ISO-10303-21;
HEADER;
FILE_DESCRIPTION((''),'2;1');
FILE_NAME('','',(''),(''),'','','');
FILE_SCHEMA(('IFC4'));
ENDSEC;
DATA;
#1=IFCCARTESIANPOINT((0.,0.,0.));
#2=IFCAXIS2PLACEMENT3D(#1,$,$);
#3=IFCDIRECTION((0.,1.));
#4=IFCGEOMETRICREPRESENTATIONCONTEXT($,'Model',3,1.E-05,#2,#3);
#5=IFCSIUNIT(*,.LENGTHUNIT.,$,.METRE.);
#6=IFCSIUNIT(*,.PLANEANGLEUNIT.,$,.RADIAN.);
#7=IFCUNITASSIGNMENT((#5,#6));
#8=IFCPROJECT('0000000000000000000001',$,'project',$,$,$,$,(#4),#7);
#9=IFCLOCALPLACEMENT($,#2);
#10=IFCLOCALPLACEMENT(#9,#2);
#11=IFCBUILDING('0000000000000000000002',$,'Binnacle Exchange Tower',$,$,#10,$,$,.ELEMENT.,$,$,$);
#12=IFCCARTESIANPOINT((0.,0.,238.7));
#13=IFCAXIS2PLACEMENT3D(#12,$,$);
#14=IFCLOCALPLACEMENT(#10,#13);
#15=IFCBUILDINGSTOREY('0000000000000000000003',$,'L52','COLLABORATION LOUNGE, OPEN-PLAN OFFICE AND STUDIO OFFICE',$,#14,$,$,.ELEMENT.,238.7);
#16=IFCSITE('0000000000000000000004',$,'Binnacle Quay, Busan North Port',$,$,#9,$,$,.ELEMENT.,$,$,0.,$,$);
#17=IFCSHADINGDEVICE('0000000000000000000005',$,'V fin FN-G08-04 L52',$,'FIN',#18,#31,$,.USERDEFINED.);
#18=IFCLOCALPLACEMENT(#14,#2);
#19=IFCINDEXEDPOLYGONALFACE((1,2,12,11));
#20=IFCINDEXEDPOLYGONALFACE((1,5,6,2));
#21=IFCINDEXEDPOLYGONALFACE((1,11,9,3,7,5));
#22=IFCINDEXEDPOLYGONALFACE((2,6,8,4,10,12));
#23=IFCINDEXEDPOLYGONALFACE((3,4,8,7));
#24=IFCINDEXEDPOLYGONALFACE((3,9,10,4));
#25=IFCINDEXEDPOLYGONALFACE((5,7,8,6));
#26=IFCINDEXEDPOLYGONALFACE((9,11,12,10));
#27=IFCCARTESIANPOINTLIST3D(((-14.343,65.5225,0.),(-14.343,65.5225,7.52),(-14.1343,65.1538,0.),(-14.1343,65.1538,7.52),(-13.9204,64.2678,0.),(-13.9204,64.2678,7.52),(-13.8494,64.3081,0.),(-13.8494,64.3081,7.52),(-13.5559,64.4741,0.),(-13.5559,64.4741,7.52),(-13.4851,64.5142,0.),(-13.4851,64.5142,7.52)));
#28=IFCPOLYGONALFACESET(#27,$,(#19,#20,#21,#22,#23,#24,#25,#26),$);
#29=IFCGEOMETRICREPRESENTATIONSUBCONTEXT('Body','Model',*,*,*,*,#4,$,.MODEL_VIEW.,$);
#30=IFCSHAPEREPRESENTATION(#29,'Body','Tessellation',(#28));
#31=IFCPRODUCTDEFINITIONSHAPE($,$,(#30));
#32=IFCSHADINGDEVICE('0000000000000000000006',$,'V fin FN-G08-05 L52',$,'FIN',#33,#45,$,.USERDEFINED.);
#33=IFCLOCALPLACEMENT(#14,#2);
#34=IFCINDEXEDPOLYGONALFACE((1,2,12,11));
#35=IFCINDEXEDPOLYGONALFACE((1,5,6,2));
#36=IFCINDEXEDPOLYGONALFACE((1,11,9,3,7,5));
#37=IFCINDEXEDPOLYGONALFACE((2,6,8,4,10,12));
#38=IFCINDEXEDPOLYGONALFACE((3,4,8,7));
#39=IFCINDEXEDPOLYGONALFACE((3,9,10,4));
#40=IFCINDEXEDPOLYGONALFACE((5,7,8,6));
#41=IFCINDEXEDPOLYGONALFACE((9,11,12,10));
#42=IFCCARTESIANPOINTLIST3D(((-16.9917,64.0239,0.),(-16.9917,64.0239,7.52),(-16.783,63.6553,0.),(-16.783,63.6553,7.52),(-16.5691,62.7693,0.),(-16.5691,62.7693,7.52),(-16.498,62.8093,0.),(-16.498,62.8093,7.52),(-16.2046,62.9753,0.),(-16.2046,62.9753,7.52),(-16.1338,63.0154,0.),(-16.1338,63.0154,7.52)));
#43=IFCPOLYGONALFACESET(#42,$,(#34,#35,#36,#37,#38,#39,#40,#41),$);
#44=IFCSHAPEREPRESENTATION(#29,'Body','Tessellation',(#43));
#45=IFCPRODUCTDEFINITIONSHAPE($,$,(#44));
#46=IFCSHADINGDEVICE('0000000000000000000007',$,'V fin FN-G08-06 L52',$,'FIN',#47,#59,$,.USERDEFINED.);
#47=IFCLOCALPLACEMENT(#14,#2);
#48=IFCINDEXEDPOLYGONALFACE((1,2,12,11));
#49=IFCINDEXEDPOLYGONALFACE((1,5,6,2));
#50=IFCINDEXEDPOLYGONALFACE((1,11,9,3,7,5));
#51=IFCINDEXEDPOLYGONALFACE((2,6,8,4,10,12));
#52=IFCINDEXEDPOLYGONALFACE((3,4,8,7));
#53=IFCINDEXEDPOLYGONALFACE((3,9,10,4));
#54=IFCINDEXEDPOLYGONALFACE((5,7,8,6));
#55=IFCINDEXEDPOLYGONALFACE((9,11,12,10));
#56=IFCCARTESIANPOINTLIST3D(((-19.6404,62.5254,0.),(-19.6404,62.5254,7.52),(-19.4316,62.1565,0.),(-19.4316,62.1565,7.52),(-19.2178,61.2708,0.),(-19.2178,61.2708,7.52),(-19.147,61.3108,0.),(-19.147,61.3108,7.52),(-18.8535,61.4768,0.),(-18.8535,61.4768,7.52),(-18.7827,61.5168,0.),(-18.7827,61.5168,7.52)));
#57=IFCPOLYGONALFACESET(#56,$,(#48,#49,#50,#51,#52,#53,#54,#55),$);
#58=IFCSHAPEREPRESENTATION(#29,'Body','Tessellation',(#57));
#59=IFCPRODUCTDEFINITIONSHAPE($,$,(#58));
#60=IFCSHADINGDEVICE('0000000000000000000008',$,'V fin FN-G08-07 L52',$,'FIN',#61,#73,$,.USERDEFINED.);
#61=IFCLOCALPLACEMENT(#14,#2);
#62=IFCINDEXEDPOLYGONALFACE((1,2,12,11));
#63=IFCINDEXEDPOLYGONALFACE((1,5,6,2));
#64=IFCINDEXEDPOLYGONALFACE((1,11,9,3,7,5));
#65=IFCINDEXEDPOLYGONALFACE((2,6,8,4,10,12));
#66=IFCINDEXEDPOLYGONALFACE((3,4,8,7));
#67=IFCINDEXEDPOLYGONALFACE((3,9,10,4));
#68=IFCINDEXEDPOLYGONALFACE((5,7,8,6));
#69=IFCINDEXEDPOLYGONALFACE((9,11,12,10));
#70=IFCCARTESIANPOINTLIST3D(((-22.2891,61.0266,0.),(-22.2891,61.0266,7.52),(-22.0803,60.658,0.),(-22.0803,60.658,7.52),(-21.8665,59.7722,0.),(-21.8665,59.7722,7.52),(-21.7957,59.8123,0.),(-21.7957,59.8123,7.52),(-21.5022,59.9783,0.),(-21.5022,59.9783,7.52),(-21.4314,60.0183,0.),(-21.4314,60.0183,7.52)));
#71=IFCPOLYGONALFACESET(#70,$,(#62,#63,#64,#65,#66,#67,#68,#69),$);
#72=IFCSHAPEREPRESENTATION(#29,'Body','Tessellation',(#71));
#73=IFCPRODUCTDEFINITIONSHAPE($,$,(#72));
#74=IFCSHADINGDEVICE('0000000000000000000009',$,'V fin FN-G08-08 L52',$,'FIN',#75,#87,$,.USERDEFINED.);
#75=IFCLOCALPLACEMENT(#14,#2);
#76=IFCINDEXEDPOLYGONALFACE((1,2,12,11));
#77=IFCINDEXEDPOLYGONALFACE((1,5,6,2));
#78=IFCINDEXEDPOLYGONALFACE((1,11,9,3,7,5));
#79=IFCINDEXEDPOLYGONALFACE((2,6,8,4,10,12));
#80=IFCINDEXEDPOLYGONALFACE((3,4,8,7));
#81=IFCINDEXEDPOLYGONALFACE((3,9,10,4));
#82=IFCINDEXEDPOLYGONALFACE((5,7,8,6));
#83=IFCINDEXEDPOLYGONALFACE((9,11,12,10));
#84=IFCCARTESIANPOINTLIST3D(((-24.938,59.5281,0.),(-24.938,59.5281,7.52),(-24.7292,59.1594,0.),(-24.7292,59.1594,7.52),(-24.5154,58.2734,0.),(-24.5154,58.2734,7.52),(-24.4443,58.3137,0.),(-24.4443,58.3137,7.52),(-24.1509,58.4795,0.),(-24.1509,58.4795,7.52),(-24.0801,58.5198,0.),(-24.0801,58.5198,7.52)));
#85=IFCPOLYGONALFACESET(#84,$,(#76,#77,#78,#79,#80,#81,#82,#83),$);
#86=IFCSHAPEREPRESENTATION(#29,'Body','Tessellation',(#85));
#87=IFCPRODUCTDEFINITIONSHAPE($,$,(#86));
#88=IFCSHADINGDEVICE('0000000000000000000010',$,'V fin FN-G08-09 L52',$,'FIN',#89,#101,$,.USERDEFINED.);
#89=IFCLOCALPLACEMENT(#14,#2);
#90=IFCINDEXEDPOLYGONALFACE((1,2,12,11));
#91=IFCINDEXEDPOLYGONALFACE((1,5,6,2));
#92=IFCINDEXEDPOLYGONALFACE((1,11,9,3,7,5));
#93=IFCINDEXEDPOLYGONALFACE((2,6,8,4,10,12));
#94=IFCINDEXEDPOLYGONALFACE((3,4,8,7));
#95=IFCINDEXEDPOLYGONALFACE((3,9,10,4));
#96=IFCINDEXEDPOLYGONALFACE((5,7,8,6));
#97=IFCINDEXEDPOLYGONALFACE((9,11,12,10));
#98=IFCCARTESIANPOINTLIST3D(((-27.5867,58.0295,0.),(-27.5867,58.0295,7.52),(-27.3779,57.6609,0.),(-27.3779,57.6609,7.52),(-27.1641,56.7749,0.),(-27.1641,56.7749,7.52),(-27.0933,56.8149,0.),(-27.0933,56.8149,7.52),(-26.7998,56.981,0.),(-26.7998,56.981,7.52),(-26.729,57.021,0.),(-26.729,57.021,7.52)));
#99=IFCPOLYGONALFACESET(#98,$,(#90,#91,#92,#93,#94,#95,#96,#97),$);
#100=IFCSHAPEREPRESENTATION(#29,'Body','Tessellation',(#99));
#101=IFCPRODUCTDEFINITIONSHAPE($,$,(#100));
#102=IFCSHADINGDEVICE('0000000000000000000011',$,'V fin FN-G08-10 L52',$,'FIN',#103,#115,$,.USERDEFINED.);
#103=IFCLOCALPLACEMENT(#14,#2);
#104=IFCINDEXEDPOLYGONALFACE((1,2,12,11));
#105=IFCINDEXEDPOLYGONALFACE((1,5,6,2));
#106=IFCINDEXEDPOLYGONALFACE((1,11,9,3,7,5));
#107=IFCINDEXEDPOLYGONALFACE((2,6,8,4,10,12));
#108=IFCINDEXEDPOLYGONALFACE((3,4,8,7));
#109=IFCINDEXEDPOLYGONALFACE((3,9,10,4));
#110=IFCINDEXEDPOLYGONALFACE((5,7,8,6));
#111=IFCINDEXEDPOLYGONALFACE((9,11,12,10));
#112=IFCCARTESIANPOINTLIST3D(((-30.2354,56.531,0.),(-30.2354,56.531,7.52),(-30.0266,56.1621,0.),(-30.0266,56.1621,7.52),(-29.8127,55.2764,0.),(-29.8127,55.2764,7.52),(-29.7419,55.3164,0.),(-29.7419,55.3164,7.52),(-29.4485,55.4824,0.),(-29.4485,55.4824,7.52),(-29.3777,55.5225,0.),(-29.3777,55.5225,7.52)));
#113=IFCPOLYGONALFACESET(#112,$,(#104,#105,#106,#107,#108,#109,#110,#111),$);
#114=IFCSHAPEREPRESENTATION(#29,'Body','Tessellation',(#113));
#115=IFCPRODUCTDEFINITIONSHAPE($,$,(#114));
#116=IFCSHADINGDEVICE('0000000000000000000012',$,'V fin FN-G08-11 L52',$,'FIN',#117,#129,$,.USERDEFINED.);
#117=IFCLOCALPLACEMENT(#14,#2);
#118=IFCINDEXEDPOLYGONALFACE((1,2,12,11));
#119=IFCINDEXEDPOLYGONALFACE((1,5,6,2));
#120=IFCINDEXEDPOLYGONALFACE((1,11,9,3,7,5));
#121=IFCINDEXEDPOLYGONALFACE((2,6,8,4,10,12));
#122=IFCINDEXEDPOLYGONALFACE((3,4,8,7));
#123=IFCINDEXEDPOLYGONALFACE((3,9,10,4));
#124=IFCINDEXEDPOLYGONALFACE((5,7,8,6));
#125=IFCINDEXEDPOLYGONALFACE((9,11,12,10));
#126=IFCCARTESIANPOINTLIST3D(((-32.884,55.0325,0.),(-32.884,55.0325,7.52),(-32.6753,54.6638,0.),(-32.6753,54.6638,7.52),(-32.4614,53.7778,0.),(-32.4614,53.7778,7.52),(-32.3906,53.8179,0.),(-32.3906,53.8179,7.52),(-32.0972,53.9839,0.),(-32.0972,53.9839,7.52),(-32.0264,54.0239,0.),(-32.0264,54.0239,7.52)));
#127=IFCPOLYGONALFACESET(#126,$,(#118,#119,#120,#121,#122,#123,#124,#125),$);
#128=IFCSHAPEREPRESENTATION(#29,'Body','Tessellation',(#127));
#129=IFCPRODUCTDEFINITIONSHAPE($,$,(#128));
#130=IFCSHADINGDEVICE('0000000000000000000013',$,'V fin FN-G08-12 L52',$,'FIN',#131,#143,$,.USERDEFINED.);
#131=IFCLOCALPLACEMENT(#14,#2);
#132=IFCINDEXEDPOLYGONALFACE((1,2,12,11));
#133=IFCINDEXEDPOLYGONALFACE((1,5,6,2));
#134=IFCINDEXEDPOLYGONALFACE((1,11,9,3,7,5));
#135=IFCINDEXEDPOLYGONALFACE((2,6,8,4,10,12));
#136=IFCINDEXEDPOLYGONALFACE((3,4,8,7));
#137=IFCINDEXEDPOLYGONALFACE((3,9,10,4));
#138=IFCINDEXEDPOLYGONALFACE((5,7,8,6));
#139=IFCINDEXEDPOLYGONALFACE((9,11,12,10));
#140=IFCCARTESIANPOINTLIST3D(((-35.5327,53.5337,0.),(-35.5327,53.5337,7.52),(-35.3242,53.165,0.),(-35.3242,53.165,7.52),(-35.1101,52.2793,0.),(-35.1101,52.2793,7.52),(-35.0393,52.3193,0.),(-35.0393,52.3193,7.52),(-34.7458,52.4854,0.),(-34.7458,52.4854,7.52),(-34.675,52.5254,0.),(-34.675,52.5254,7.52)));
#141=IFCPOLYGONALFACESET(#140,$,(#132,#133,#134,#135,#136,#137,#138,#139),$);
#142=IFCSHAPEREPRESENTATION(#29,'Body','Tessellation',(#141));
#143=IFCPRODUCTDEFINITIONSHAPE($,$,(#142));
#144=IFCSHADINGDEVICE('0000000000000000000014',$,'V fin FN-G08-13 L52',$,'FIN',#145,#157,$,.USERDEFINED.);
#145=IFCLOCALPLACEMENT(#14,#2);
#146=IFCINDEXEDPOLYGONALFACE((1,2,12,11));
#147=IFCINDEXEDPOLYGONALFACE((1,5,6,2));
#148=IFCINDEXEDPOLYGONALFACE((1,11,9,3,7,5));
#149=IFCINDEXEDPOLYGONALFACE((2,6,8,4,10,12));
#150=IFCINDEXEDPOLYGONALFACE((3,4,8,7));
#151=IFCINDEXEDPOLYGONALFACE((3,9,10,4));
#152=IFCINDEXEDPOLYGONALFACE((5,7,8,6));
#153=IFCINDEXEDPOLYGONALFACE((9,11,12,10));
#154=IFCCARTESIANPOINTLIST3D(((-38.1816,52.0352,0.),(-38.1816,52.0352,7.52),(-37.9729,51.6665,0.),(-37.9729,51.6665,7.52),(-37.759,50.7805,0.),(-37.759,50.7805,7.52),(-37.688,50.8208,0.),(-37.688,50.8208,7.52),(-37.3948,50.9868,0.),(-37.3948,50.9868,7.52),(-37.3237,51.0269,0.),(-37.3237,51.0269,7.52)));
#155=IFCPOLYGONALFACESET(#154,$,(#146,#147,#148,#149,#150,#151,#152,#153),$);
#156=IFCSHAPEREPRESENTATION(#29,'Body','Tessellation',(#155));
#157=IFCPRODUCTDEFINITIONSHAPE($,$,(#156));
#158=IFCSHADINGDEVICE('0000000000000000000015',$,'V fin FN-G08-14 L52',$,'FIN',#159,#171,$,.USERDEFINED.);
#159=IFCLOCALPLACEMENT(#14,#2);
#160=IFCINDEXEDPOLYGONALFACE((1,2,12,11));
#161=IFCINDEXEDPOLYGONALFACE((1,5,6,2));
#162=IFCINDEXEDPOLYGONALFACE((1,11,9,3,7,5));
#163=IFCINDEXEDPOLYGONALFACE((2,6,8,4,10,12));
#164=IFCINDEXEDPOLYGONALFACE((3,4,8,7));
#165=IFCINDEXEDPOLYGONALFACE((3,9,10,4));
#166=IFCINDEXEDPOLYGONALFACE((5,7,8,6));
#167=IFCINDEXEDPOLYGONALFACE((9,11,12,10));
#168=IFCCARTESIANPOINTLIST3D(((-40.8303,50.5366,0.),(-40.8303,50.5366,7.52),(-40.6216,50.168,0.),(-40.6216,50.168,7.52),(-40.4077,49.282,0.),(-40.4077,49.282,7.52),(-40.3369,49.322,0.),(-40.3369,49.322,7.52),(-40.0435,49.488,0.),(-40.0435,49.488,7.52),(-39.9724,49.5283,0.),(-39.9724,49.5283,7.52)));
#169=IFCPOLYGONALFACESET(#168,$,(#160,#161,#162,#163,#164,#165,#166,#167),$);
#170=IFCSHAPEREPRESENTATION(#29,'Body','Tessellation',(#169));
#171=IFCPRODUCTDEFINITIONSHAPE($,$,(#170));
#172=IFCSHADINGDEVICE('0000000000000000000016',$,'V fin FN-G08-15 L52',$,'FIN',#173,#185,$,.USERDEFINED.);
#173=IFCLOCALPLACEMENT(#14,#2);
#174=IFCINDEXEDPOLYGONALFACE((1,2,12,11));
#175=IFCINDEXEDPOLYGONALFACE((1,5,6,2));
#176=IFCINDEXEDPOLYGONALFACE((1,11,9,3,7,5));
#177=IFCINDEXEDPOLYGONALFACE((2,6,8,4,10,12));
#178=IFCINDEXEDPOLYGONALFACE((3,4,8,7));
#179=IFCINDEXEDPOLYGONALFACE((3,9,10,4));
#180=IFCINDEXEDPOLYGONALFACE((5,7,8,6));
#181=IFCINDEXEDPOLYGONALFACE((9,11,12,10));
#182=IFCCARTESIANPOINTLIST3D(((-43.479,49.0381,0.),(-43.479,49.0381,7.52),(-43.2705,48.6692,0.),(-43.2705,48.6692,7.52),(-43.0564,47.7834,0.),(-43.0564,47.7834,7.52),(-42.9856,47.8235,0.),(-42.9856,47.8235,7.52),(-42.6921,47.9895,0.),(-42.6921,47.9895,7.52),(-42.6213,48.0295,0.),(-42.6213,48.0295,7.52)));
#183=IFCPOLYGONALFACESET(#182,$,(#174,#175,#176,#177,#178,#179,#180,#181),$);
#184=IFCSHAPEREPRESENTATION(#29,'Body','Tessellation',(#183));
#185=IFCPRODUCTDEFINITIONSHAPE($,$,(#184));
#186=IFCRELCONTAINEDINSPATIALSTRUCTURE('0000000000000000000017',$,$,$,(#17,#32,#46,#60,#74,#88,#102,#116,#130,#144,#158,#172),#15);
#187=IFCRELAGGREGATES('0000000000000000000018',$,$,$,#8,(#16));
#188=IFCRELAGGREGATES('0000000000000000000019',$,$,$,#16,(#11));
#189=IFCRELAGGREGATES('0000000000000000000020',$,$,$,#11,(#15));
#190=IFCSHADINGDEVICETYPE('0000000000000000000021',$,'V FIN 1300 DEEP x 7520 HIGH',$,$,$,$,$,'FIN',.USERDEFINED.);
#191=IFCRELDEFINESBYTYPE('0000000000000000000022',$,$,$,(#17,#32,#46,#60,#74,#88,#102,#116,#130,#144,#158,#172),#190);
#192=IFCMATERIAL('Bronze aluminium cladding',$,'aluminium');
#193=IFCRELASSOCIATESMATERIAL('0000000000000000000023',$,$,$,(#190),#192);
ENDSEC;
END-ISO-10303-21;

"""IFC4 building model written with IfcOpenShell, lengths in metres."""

from ifc_helpers import new_model, si_unit, direction, frame, origin, place, context, subcontext, project, spatial, polyline, outline, extrude, material, type_object, element, save


model = new_model("IFC4")

# Units and contexts
model_context = context("Model", 3, precision=1e-05, world=origin(), true_north=direction((0.0, 1.0)))
body_context = subcontext(model_context, "Body", "Model", "MODEL_VIEW")
ifc_project = project(units=[si_unit("LENGTHUNIT", "METRE"), si_unit("PLANEANGLEUNIT", "RADIAN")], contexts=[model_context])

# Site, building, storey
site_placement = place(None, origin())
site = spatial("IfcSite", under=ifc_project, at=site_placement, Name="Binnacle Quay, Busan North Port", CompositionType="ELEMENT", RefElevation=0.0)
building_placement = place(site_placement, origin())
building = spatial("IfcBuilding", under=site, at=building_placement, Name="Binnacle Exchange Tower", CompositionType="ELEMENT")
storey_placement = place(building_placement, frame((0.0, 0.0, 238.7)))
storey = spatial("IfcBuildingStorey", under=building, at=storey_placement, Name="L52", Description="COLLABORATION LOUNGE, OPEN-PLAN OFFICE AND STUDIO OFFICE", CompositionType="ELEMENT", Elevation=238.7)

# Shading devices
ifc_material_1 = material(Name="Bronze aluminium cladding", Category="aluminium")
shading_device_type = type_object("IfcShadingDeviceType", Name="V FIN 1300 DEEP x 7520 HIGH", ElementType="FIN", PredefinedType="USERDEFINED", material=ifc_material_1)
shading_device_1_placement = place(storey_placement, origin())
element("IfcShadingDevice", 1, at=shading_device_1_placement, inside=storey, type_object=shading_device_type, Name="V fin FN-G08-04 L52", ObjectType="FIN", PredefinedType="USERDEFINED", context=body_context, shape_type="SweptSolid", body=[
    extrude(outline(polyline([(-13.4851, 64.5142), (-14.343, 65.5225), (-13.9204, 64.2678), (-13.8494, 64.3081), (-14.1343, 65.1538), (-13.5559, 64.4741), (-13.4851, 64.5142)])), origin(), (0.0, 0.0, 1.0), 7.52),
])
shading_device_2_placement = place(storey_placement, origin())
element("IfcShadingDevice", 2, at=shading_device_2_placement, inside=storey, type_object=shading_device_type, Name="V fin FN-G08-05 L52", ObjectType="FIN", PredefinedType="USERDEFINED", context=body_context, shape_type="SweptSolid", body=[
    extrude(outline(polyline([(-16.1338, 63.0154), (-16.9917, 64.0239), (-16.5691, 62.7693), (-16.498, 62.8093), (-16.783, 63.6553), (-16.2046, 62.9753), (-16.1338, 63.0154)])), origin(), (0.0, 0.0, 1.0), 7.52),
])
shading_device_3_placement = place(storey_placement, origin())
element("IfcShadingDevice", 3, at=shading_device_3_placement, inside=storey, type_object=shading_device_type, Name="V fin FN-G08-06 L52", ObjectType="FIN", PredefinedType="USERDEFINED", context=body_context, shape_type="SweptSolid", body=[
    extrude(outline(polyline([(-18.7827, 61.5168), (-19.6404, 62.5254), (-19.2178, 61.2708), (-19.147, 61.3108), (-19.4316, 62.1565), (-18.8535, 61.4768), (-18.7827, 61.5168)])), origin(), (0.0, 0.0, 1.0), 7.52),
])
shading_device_4_placement = place(storey_placement, origin())
element("IfcShadingDevice", 4, at=shading_device_4_placement, inside=storey, type_object=shading_device_type, Name="V fin FN-G08-07 L52", ObjectType="FIN", PredefinedType="USERDEFINED", context=body_context, shape_type="SweptSolid", body=[
    extrude(outline(polyline([(-21.4314, 60.0183), (-22.2891, 61.0266), (-21.8665, 59.7722), (-21.7957, 59.8123), (-22.0803, 60.658), (-21.5022, 59.9783), (-21.4314, 60.0183)])), origin(), (0.0, 0.0, 1.0), 7.52),
])
shading_device_5_placement = place(storey_placement, origin())
element("IfcShadingDevice", 5, at=shading_device_5_placement, inside=storey, type_object=shading_device_type, Name="V fin FN-G08-08 L52", ObjectType="FIN", PredefinedType="USERDEFINED", context=body_context, shape_type="SweptSolid", body=[
    extrude(outline(polyline([(-24.0801, 58.5198), (-24.938, 59.5281), (-24.5154, 58.2734), (-24.4443, 58.3137), (-24.7292, 59.1594), (-24.1509, 58.4795), (-24.0801, 58.5198)])), origin(), (0.0, 0.0, 1.0), 7.52),
])
shading_device_6_placement = place(storey_placement, origin())
element("IfcShadingDevice", 6, at=shading_device_6_placement, inside=storey, type_object=shading_device_type, Name="V fin FN-G08-09 L52", ObjectType="FIN", PredefinedType="USERDEFINED", context=body_context, shape_type="SweptSolid", body=[
    extrude(outline(polyline([(-26.729, 57.021), (-27.5867, 58.0295), (-27.1641, 56.7749), (-27.0933, 56.8149), (-27.3779, 57.6609), (-26.7998, 56.981), (-26.729, 57.021)])), origin(), (0.0, 0.0, 1.0), 7.52),
])
shading_device_7_placement = place(storey_placement, origin())
element("IfcShadingDevice", 7, at=shading_device_7_placement, inside=storey, type_object=shading_device_type, Name="V fin FN-G08-10 L52", ObjectType="FIN", PredefinedType="USERDEFINED", context=body_context, shape_type="SweptSolid", body=[
    extrude(outline(polyline([(-29.3777, 55.5225), (-30.2354, 56.531), (-29.8127, 55.2764), (-29.7419, 55.3164), (-30.0266, 56.1621), (-29.4485, 55.4824), (-29.3777, 55.5225)])), origin(), (0.0, 0.0, 1.0), 7.52),
])
shading_device_8_placement = place(storey_placement, origin())
element("IfcShadingDevice", 8, at=shading_device_8_placement, inside=storey, type_object=shading_device_type, Name="V fin FN-G08-11 L52", ObjectType="FIN", PredefinedType="USERDEFINED", context=body_context, shape_type="SweptSolid", body=[
    extrude(outline(polyline([(-32.0264, 54.0239), (-32.884, 55.0325), (-32.4614, 53.7778), (-32.3906, 53.8179), (-32.6753, 54.6638), (-32.0972, 53.9839), (-32.0264, 54.0239)])), origin(), (0.0, 0.0, 1.0), 7.52),
])
shading_device_9_placement = place(storey_placement, origin())
element("IfcShadingDevice", 9, at=shading_device_9_placement, inside=storey, type_object=shading_device_type, Name="V fin FN-G08-12 L52", ObjectType="FIN", PredefinedType="USERDEFINED", context=body_context, shape_type="SweptSolid", body=[
    extrude(outline(polyline([(-34.675, 52.5254), (-35.5327, 53.5337), (-35.1101, 52.2793), (-35.0393, 52.3193), (-35.3242, 53.165), (-34.7458, 52.4854), (-34.675, 52.5254)])), origin(), (0.0, 0.0, 1.0), 7.52),
])
shading_device_10_placement = place(storey_placement, origin())
element("IfcShadingDevice", 10, at=shading_device_10_placement, inside=storey, type_object=shading_device_type, Name="V fin FN-G08-13 L52", ObjectType="FIN", PredefinedType="USERDEFINED", context=body_context, shape_type="SweptSolid", body=[
    extrude(outline(polyline([(-37.3237, 51.0269), (-38.1816, 52.0352), (-37.759, 50.7805), (-37.688, 50.8208), (-37.9729, 51.6665), (-37.3948, 50.9868), (-37.3237, 51.0269)])), origin(), (0.0, 0.0, 1.0), 7.52),
])
shading_device_11_placement = place(storey_placement, origin())
element("IfcShadingDevice", 11, at=shading_device_11_placement, inside=storey, type_object=shading_device_type, Name="V fin FN-G08-14 L52", ObjectType="FIN", PredefinedType="USERDEFINED", context=body_context, shape_type="SweptSolid", body=[
    extrude(outline(polyline([(-39.9724, 49.5283), (-40.8303, 50.5366), (-40.4077, 49.282), (-40.3369, 49.322), (-40.6216, 50.168), (-40.0435, 49.488), (-39.9724, 49.5283)])), origin(), (0.0, 0.0, 1.0), 7.52),
])
shading_device_12_placement = place(storey_placement, origin())
element("IfcShadingDevice", 12, at=shading_device_12_placement, inside=storey, type_object=shading_device_type, Name="V fin FN-G08-15 L52", ObjectType="FIN", PredefinedType="USERDEFINED", context=body_context, shape_type="SweptSolid", body=[
    extrude(outline(polyline([(-42.6213, 48.0295), (-43.479, 49.0381), (-43.0564, 47.7834), (-42.9856, 47.8235), (-43.2705, 48.6692), (-42.6921, 47.9895), (-42.6213, 48.0295)])), origin(), (0.0, 0.0, 1.0), 7.52),
])

save(model, "model.ifc")
